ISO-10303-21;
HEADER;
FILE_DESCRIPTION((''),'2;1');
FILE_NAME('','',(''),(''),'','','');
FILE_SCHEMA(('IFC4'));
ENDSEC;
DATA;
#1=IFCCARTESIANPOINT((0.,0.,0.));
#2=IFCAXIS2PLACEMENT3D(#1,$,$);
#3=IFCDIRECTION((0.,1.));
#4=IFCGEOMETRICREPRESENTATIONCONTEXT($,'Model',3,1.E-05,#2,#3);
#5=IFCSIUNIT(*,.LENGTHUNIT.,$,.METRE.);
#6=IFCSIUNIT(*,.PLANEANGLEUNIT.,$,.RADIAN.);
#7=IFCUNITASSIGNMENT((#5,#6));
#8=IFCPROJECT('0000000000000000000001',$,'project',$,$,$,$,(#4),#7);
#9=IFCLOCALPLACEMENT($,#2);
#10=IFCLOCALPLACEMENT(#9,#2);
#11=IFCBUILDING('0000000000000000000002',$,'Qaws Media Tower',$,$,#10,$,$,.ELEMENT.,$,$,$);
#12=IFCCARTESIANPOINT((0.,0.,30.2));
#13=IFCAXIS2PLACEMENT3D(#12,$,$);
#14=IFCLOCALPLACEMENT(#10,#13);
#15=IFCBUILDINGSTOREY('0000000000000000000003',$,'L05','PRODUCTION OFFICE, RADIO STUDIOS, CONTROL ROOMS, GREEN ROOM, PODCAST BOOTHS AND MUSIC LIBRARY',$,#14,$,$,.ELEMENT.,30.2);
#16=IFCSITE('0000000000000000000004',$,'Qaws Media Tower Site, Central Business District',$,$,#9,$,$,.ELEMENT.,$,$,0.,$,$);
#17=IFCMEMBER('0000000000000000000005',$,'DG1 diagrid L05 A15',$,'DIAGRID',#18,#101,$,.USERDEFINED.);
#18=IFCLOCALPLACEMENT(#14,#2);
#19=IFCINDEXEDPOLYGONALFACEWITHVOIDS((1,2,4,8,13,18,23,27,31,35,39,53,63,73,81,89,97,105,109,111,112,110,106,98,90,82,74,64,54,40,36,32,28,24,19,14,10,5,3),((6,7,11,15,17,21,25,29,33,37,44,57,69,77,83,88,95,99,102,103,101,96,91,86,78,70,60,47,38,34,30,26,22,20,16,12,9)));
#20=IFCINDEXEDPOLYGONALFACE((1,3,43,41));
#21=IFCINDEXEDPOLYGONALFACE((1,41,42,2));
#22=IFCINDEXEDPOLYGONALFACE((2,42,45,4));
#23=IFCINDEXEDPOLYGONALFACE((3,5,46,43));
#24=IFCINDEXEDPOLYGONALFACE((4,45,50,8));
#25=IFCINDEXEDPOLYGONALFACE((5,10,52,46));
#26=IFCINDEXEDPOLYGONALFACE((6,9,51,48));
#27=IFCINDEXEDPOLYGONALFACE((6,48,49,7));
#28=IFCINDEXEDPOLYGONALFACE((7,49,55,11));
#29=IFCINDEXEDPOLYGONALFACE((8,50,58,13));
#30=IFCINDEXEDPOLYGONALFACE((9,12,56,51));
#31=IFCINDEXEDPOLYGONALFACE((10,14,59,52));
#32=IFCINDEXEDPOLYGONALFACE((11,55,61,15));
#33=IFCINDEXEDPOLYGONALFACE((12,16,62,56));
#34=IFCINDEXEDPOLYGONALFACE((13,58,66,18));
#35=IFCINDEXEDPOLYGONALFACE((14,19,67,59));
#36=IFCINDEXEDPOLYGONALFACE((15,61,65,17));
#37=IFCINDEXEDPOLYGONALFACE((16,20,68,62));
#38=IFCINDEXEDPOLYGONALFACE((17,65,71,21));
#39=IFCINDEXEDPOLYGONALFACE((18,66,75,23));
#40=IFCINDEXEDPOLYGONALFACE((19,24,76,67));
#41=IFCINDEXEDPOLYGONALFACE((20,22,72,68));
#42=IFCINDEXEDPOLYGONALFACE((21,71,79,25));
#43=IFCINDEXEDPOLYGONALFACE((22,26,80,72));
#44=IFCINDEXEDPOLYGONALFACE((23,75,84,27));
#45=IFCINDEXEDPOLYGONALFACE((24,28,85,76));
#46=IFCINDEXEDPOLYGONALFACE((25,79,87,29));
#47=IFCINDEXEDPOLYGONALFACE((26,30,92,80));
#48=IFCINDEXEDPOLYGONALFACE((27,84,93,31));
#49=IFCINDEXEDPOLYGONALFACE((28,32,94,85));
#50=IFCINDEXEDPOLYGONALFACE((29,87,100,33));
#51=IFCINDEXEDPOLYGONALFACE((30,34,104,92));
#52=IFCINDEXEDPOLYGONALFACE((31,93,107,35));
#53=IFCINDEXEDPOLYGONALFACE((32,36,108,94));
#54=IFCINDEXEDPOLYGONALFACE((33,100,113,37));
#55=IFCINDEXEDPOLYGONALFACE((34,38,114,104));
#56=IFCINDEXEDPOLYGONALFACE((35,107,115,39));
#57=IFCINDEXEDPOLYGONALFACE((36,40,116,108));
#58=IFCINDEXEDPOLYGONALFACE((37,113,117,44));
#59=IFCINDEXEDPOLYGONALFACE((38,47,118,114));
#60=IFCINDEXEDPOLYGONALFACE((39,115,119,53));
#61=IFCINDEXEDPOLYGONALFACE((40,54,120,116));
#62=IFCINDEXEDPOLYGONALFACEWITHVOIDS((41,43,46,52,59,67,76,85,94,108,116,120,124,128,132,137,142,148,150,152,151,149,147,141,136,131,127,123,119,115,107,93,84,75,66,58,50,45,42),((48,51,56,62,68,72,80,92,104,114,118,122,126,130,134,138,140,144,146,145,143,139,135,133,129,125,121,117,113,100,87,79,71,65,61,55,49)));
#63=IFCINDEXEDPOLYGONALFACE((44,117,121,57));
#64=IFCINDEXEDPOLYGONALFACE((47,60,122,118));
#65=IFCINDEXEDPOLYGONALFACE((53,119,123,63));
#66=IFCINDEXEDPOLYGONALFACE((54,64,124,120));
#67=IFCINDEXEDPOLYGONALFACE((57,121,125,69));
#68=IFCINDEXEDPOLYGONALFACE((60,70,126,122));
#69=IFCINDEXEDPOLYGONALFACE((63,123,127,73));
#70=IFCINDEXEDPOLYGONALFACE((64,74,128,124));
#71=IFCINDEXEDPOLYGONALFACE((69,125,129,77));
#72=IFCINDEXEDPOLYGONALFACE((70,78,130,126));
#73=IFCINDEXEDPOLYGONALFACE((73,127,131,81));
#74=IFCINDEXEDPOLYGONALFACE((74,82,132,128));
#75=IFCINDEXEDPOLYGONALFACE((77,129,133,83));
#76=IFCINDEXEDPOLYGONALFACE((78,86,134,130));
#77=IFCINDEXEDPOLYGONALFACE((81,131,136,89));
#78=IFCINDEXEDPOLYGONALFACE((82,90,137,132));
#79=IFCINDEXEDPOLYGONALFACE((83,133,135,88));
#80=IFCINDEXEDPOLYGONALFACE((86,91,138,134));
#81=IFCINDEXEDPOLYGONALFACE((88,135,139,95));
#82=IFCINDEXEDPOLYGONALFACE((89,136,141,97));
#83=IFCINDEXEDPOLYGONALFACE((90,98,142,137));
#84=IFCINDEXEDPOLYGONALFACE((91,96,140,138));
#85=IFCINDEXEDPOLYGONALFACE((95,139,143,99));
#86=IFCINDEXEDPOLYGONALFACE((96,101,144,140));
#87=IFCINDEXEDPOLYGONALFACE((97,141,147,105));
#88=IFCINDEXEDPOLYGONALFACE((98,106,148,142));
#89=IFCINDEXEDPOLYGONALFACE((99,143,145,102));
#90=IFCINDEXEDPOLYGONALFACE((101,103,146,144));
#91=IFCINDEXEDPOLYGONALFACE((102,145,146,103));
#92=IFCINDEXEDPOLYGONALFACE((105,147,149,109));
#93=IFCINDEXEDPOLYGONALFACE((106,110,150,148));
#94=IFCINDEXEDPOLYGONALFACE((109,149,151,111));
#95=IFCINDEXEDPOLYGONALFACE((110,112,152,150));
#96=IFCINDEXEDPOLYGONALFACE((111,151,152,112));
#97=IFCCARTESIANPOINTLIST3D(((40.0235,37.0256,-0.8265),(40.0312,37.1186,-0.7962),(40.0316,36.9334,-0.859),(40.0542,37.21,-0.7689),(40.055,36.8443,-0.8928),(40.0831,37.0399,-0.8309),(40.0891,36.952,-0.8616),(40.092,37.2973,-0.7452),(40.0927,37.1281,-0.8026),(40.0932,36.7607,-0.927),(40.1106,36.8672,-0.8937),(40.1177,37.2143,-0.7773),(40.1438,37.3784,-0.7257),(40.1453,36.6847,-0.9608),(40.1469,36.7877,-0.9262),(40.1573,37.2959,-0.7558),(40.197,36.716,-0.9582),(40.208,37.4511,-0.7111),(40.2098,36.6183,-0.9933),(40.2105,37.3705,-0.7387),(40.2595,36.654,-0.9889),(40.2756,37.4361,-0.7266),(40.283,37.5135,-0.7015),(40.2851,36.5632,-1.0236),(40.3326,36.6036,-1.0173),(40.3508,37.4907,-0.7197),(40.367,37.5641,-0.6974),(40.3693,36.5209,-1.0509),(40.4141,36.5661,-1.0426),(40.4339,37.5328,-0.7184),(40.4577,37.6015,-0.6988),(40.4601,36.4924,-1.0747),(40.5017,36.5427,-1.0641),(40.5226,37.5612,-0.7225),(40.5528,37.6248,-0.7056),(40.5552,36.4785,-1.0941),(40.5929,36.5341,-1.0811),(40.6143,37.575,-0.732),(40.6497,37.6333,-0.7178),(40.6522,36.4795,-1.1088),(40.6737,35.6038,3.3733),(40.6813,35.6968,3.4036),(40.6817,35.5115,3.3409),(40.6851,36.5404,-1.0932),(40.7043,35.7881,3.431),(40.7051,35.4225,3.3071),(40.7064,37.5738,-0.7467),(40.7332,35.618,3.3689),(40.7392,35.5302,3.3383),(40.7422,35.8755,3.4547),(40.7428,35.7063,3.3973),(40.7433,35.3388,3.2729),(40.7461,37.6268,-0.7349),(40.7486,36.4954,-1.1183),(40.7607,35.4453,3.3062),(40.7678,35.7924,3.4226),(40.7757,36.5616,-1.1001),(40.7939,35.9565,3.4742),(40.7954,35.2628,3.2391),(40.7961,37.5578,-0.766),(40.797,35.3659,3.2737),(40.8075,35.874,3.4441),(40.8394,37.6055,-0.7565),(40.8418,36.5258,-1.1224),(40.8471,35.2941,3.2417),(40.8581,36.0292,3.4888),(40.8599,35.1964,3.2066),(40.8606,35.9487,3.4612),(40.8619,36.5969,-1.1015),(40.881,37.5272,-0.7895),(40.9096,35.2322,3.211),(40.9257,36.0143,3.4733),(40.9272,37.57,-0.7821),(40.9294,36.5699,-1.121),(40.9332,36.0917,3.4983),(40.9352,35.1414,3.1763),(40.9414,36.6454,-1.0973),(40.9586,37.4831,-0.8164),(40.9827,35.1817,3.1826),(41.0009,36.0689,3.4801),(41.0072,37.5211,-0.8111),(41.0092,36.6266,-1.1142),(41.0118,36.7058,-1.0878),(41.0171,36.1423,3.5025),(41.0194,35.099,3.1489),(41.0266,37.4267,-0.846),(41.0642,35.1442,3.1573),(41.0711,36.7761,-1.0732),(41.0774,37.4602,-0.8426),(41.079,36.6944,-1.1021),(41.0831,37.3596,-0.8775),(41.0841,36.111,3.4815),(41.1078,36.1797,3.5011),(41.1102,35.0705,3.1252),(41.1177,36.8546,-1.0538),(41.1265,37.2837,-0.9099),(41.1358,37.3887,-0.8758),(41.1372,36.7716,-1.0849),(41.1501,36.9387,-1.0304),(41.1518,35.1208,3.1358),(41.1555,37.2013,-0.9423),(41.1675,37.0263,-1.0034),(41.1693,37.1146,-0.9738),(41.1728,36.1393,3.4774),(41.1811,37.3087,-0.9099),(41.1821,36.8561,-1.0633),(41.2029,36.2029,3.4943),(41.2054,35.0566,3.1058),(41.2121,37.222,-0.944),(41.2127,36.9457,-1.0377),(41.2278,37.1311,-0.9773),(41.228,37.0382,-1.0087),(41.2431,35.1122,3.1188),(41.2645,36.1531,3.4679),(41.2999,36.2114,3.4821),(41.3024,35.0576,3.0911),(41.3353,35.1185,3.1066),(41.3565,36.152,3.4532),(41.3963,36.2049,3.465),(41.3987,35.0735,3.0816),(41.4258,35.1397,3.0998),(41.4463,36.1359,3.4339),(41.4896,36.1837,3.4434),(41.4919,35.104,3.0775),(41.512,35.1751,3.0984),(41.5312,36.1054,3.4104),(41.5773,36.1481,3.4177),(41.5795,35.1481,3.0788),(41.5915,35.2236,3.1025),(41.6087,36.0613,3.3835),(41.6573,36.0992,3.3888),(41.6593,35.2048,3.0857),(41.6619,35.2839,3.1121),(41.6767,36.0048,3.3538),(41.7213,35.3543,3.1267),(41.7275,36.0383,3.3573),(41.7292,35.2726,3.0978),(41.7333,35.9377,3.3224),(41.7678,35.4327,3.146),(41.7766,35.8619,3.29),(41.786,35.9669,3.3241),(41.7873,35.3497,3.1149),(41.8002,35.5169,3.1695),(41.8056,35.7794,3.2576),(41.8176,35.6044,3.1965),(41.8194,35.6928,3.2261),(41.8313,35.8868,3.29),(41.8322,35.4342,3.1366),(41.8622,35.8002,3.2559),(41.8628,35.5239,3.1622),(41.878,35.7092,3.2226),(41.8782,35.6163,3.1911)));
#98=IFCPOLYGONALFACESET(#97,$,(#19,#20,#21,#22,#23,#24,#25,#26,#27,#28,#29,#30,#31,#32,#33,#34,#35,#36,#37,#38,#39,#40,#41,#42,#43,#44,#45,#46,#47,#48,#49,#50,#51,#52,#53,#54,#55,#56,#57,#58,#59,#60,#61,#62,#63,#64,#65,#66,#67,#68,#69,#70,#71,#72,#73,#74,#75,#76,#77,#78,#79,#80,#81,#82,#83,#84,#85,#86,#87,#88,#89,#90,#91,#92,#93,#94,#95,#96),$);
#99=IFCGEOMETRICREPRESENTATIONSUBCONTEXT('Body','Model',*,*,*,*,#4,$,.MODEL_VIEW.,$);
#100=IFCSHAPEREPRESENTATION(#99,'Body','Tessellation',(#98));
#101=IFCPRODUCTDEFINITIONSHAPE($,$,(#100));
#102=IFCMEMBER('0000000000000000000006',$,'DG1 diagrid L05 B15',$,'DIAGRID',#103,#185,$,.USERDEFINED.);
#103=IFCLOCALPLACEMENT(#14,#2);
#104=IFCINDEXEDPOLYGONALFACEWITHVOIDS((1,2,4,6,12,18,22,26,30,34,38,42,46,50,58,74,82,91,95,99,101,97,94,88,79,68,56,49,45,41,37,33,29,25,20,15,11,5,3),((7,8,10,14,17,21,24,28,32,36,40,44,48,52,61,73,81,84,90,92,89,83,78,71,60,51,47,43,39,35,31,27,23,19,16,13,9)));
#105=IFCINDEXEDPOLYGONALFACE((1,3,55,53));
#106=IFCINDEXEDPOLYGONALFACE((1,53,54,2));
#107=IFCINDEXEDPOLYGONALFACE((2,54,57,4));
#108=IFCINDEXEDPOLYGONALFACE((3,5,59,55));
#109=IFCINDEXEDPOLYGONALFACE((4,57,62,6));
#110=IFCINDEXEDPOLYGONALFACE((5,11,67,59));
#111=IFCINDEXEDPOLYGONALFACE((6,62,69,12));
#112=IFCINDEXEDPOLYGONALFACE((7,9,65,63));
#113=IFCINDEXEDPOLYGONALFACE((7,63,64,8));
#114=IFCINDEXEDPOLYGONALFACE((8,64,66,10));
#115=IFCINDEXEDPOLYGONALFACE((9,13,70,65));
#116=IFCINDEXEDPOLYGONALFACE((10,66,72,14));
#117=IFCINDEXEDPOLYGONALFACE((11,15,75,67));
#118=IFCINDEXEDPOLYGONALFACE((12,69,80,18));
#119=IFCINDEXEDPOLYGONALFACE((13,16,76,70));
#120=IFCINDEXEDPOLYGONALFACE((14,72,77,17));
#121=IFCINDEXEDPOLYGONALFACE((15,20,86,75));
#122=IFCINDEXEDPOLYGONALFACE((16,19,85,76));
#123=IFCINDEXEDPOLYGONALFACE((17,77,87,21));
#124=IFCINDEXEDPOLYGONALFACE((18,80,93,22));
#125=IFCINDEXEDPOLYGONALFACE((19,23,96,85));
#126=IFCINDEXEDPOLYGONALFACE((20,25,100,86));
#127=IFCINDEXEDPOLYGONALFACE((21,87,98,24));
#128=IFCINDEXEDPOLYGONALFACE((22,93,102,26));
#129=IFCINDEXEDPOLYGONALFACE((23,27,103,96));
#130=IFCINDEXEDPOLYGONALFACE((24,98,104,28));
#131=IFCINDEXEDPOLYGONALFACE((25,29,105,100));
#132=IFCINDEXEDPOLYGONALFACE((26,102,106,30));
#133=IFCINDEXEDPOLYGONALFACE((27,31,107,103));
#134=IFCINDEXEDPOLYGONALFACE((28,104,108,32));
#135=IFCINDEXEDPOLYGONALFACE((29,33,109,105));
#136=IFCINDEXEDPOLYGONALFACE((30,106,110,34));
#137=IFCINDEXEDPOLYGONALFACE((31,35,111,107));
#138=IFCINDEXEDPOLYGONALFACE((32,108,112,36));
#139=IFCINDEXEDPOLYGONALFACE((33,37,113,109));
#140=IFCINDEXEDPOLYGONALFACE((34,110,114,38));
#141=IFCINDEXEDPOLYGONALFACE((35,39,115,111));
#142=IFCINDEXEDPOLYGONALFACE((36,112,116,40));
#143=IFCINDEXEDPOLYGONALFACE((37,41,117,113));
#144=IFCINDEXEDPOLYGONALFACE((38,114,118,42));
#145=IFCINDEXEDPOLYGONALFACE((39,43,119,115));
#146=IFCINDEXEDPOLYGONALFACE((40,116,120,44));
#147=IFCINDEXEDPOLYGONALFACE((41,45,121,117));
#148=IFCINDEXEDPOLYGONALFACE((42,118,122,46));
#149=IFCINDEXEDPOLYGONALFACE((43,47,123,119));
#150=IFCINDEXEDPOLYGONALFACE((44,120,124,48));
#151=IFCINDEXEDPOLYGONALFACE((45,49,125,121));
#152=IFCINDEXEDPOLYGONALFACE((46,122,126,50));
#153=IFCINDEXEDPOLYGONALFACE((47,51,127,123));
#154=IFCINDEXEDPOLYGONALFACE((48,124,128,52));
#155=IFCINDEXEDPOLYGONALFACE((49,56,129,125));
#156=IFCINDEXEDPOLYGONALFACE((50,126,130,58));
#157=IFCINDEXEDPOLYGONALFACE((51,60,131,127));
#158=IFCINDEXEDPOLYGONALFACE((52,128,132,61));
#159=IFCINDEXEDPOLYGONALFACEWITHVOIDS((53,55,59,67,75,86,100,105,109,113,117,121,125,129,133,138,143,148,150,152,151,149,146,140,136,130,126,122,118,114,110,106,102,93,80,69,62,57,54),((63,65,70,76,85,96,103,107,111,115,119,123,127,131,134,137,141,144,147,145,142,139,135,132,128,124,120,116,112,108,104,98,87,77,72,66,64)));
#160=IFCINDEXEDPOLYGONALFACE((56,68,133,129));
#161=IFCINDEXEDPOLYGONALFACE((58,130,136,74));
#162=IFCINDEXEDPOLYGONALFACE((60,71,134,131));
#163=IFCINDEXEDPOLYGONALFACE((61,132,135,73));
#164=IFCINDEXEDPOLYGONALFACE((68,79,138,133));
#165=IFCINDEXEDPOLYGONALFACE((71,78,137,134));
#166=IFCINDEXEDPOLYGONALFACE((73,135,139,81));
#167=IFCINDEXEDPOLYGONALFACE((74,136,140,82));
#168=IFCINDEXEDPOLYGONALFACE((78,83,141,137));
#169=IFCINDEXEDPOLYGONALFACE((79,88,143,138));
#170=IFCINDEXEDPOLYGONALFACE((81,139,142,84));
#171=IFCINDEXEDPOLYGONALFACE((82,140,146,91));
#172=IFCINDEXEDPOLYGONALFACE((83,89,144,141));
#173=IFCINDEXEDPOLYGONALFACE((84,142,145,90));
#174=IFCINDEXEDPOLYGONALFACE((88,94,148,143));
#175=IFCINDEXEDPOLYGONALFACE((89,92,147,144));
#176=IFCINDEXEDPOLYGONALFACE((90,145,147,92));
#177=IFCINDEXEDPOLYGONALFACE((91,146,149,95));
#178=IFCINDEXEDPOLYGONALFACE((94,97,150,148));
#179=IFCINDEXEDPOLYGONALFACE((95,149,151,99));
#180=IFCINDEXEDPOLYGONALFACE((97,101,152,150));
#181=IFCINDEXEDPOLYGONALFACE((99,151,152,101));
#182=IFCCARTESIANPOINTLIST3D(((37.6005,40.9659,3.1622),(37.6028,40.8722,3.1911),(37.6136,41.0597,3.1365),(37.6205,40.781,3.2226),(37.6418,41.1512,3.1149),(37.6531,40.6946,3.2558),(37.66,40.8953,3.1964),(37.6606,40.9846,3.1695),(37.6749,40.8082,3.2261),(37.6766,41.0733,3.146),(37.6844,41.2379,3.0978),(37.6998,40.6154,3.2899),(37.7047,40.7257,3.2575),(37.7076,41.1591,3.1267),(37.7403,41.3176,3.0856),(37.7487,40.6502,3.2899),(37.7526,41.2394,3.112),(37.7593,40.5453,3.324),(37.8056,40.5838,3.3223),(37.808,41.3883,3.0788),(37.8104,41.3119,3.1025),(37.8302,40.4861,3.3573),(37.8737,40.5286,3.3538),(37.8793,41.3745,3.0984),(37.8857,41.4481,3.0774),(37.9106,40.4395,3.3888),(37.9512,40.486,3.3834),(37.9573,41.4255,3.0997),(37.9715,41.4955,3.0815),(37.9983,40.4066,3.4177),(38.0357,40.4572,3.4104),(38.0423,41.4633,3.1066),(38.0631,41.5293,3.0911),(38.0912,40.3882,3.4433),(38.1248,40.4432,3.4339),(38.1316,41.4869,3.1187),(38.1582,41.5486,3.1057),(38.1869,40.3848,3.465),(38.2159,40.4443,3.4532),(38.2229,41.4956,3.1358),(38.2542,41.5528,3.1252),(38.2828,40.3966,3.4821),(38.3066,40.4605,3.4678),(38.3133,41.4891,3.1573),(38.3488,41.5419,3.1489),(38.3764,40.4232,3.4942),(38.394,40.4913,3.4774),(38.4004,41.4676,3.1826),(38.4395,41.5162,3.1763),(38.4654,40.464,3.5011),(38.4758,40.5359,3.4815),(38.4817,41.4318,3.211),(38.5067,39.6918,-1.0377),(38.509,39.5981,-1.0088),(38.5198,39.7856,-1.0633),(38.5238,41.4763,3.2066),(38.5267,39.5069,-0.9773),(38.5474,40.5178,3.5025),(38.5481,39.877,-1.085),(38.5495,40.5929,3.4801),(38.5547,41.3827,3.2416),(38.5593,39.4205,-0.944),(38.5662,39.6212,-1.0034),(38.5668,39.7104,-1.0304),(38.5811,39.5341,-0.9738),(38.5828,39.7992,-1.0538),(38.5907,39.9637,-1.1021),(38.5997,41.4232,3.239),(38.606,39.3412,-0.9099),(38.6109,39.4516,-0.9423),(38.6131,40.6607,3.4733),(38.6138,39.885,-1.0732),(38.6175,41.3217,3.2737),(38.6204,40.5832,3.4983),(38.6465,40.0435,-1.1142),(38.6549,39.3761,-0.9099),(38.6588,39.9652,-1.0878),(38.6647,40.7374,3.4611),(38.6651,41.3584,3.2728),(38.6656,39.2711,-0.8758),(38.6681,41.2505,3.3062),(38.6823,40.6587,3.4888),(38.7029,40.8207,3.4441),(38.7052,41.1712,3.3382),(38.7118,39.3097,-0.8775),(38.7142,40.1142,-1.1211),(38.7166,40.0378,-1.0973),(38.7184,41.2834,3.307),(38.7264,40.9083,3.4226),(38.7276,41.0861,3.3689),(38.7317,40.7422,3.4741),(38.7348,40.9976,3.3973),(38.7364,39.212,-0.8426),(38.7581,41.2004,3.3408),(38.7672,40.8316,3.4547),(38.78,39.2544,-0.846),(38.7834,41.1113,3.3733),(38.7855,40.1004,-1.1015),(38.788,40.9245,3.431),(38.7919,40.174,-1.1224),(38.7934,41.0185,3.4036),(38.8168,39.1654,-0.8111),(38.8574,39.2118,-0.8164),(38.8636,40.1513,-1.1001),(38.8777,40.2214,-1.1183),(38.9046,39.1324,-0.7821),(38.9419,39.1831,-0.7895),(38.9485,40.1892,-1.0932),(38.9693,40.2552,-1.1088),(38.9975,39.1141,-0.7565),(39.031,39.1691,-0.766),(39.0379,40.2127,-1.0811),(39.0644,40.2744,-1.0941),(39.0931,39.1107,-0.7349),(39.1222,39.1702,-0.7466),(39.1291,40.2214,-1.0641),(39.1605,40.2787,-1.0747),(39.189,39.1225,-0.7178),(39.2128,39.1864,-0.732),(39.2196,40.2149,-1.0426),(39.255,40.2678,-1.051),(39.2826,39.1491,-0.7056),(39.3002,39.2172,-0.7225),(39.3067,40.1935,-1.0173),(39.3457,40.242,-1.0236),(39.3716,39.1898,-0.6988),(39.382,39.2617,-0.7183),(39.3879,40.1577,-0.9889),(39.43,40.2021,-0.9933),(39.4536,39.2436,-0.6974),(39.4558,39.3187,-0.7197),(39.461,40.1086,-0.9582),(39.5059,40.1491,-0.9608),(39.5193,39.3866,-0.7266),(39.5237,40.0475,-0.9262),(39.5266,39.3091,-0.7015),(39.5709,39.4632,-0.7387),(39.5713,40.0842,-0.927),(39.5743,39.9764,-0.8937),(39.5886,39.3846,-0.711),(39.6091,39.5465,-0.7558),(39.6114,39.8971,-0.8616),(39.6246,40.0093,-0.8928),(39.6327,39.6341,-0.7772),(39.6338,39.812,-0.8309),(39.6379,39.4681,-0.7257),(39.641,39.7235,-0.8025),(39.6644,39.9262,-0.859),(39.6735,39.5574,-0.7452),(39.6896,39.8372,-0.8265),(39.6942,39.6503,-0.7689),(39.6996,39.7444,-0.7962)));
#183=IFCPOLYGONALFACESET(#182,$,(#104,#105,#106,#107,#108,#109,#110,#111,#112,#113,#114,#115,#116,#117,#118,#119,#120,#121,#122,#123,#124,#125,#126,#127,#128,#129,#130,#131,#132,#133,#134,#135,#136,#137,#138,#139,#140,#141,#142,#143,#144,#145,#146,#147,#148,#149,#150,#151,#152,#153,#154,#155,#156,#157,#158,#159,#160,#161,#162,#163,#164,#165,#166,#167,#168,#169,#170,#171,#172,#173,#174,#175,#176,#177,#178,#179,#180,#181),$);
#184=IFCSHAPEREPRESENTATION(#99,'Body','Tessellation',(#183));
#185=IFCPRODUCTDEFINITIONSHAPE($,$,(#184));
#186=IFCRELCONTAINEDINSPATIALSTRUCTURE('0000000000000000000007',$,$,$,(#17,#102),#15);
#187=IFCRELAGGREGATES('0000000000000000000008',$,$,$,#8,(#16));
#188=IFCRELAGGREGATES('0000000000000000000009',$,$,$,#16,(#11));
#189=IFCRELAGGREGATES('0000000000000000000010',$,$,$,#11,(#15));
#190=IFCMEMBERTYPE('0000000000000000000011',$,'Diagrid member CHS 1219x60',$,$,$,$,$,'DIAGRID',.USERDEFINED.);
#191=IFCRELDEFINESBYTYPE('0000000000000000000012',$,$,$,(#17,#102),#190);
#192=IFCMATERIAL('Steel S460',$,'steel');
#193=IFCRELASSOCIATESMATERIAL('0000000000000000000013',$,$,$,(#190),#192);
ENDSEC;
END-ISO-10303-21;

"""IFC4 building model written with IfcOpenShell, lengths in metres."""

from ifc_helpers import new_model, si_unit, direction, frame, origin, origin_2d, place, context, subcontext, project, spatial, hollow_circle, extrude, material, material_profile, profile_set, type_object, element, save


model = new_model("IFC4")

# Units and contexts
model_context = context("Model", 3, precision=1e-05, world=origin(), true_north=direction((0.0, 1.0)))
body_context = subcontext(model_context, "Body", "Model", "MODEL_VIEW")
ifc_project = project(units=[si_unit("LENGTHUNIT", "METRE"), si_unit("PLANEANGLEUNIT", "RADIAN")], contexts=[model_context])

# Site, building, storey
site_placement = place(None, origin())
site = spatial("IfcSite", under=ifc_project, at=site_placement, Name="Qaws Media Tower Site, Central Business District", CompositionType="ELEMENT", RefElevation=0.0)
building_placement = place(site_placement, origin())
building = spatial("IfcBuilding", under=site, at=building_placement, Name="Qaws Media Tower", CompositionType="ELEMENT")
storey_placement = place(building_placement, frame((0.0, 0.0, 30.2)))
storey = spatial("IfcBuildingStorey", under=building, at=storey_placement, Name="L05", Description="PRODUCTION OFFICE, RADIO STUDIOS, CONTROL ROOMS, GREEN ROOM, PODCAST BOOTHS AND MUSIC LIBRARY", CompositionType="ELEMENT", Elevation=30.2)

# Members
ifc_material_1 = material(Name="Steel S460", Category="steel")
ifc_material_profile_1 = material_profile(ifc_material_1, hollow_circle(Radius=0.6096, WallThickness=0.0601, at=origin_2d()), Name="CHS 1219x60")
ifc_profile_set_1 = profile_set([ifc_material_profile_1], Name="Steel S460")
member_type_1 = type_object("IfcMemberType", Name="Diagrid member CHS 1219x60", ElementType="DIAGRID", PredefinedType="USERDEFINED", material=ifc_profile_set_1)
for number, where, z_axis, x_axis, name in (
    (1, (40.6267, 37.0552, -0.9099), (0.145073, -0.317275, 0.937171), (0.909439, 0.415837, 0.0), "DG1 diagrid L05 A15"),
    (2, (39.1028, 39.6946, -0.9099), (-0.202217, 0.284314, 0.937163), (-0.814903, -0.579598, 0.0), "DG1 diagrid L05 B15"),
):
    element("IfcMember", number, at=place(storey_placement, frame(where, z_axis=z_axis, x_axis=x_axis)), inside=storey, type_object=member_type_1, Name=name, ObjectType="DIAGRID", PredefinedType="USERDEFINED", context=body_context, shape_type="SweptSolid", body=[
        extrude(hollow_circle(Radius=0.6096, WallThickness=0.0601, at=origin_2d()), origin(), (0.0, 0.0, 1.0), 4.4814),
    ])

save(model, "model.ifc")
